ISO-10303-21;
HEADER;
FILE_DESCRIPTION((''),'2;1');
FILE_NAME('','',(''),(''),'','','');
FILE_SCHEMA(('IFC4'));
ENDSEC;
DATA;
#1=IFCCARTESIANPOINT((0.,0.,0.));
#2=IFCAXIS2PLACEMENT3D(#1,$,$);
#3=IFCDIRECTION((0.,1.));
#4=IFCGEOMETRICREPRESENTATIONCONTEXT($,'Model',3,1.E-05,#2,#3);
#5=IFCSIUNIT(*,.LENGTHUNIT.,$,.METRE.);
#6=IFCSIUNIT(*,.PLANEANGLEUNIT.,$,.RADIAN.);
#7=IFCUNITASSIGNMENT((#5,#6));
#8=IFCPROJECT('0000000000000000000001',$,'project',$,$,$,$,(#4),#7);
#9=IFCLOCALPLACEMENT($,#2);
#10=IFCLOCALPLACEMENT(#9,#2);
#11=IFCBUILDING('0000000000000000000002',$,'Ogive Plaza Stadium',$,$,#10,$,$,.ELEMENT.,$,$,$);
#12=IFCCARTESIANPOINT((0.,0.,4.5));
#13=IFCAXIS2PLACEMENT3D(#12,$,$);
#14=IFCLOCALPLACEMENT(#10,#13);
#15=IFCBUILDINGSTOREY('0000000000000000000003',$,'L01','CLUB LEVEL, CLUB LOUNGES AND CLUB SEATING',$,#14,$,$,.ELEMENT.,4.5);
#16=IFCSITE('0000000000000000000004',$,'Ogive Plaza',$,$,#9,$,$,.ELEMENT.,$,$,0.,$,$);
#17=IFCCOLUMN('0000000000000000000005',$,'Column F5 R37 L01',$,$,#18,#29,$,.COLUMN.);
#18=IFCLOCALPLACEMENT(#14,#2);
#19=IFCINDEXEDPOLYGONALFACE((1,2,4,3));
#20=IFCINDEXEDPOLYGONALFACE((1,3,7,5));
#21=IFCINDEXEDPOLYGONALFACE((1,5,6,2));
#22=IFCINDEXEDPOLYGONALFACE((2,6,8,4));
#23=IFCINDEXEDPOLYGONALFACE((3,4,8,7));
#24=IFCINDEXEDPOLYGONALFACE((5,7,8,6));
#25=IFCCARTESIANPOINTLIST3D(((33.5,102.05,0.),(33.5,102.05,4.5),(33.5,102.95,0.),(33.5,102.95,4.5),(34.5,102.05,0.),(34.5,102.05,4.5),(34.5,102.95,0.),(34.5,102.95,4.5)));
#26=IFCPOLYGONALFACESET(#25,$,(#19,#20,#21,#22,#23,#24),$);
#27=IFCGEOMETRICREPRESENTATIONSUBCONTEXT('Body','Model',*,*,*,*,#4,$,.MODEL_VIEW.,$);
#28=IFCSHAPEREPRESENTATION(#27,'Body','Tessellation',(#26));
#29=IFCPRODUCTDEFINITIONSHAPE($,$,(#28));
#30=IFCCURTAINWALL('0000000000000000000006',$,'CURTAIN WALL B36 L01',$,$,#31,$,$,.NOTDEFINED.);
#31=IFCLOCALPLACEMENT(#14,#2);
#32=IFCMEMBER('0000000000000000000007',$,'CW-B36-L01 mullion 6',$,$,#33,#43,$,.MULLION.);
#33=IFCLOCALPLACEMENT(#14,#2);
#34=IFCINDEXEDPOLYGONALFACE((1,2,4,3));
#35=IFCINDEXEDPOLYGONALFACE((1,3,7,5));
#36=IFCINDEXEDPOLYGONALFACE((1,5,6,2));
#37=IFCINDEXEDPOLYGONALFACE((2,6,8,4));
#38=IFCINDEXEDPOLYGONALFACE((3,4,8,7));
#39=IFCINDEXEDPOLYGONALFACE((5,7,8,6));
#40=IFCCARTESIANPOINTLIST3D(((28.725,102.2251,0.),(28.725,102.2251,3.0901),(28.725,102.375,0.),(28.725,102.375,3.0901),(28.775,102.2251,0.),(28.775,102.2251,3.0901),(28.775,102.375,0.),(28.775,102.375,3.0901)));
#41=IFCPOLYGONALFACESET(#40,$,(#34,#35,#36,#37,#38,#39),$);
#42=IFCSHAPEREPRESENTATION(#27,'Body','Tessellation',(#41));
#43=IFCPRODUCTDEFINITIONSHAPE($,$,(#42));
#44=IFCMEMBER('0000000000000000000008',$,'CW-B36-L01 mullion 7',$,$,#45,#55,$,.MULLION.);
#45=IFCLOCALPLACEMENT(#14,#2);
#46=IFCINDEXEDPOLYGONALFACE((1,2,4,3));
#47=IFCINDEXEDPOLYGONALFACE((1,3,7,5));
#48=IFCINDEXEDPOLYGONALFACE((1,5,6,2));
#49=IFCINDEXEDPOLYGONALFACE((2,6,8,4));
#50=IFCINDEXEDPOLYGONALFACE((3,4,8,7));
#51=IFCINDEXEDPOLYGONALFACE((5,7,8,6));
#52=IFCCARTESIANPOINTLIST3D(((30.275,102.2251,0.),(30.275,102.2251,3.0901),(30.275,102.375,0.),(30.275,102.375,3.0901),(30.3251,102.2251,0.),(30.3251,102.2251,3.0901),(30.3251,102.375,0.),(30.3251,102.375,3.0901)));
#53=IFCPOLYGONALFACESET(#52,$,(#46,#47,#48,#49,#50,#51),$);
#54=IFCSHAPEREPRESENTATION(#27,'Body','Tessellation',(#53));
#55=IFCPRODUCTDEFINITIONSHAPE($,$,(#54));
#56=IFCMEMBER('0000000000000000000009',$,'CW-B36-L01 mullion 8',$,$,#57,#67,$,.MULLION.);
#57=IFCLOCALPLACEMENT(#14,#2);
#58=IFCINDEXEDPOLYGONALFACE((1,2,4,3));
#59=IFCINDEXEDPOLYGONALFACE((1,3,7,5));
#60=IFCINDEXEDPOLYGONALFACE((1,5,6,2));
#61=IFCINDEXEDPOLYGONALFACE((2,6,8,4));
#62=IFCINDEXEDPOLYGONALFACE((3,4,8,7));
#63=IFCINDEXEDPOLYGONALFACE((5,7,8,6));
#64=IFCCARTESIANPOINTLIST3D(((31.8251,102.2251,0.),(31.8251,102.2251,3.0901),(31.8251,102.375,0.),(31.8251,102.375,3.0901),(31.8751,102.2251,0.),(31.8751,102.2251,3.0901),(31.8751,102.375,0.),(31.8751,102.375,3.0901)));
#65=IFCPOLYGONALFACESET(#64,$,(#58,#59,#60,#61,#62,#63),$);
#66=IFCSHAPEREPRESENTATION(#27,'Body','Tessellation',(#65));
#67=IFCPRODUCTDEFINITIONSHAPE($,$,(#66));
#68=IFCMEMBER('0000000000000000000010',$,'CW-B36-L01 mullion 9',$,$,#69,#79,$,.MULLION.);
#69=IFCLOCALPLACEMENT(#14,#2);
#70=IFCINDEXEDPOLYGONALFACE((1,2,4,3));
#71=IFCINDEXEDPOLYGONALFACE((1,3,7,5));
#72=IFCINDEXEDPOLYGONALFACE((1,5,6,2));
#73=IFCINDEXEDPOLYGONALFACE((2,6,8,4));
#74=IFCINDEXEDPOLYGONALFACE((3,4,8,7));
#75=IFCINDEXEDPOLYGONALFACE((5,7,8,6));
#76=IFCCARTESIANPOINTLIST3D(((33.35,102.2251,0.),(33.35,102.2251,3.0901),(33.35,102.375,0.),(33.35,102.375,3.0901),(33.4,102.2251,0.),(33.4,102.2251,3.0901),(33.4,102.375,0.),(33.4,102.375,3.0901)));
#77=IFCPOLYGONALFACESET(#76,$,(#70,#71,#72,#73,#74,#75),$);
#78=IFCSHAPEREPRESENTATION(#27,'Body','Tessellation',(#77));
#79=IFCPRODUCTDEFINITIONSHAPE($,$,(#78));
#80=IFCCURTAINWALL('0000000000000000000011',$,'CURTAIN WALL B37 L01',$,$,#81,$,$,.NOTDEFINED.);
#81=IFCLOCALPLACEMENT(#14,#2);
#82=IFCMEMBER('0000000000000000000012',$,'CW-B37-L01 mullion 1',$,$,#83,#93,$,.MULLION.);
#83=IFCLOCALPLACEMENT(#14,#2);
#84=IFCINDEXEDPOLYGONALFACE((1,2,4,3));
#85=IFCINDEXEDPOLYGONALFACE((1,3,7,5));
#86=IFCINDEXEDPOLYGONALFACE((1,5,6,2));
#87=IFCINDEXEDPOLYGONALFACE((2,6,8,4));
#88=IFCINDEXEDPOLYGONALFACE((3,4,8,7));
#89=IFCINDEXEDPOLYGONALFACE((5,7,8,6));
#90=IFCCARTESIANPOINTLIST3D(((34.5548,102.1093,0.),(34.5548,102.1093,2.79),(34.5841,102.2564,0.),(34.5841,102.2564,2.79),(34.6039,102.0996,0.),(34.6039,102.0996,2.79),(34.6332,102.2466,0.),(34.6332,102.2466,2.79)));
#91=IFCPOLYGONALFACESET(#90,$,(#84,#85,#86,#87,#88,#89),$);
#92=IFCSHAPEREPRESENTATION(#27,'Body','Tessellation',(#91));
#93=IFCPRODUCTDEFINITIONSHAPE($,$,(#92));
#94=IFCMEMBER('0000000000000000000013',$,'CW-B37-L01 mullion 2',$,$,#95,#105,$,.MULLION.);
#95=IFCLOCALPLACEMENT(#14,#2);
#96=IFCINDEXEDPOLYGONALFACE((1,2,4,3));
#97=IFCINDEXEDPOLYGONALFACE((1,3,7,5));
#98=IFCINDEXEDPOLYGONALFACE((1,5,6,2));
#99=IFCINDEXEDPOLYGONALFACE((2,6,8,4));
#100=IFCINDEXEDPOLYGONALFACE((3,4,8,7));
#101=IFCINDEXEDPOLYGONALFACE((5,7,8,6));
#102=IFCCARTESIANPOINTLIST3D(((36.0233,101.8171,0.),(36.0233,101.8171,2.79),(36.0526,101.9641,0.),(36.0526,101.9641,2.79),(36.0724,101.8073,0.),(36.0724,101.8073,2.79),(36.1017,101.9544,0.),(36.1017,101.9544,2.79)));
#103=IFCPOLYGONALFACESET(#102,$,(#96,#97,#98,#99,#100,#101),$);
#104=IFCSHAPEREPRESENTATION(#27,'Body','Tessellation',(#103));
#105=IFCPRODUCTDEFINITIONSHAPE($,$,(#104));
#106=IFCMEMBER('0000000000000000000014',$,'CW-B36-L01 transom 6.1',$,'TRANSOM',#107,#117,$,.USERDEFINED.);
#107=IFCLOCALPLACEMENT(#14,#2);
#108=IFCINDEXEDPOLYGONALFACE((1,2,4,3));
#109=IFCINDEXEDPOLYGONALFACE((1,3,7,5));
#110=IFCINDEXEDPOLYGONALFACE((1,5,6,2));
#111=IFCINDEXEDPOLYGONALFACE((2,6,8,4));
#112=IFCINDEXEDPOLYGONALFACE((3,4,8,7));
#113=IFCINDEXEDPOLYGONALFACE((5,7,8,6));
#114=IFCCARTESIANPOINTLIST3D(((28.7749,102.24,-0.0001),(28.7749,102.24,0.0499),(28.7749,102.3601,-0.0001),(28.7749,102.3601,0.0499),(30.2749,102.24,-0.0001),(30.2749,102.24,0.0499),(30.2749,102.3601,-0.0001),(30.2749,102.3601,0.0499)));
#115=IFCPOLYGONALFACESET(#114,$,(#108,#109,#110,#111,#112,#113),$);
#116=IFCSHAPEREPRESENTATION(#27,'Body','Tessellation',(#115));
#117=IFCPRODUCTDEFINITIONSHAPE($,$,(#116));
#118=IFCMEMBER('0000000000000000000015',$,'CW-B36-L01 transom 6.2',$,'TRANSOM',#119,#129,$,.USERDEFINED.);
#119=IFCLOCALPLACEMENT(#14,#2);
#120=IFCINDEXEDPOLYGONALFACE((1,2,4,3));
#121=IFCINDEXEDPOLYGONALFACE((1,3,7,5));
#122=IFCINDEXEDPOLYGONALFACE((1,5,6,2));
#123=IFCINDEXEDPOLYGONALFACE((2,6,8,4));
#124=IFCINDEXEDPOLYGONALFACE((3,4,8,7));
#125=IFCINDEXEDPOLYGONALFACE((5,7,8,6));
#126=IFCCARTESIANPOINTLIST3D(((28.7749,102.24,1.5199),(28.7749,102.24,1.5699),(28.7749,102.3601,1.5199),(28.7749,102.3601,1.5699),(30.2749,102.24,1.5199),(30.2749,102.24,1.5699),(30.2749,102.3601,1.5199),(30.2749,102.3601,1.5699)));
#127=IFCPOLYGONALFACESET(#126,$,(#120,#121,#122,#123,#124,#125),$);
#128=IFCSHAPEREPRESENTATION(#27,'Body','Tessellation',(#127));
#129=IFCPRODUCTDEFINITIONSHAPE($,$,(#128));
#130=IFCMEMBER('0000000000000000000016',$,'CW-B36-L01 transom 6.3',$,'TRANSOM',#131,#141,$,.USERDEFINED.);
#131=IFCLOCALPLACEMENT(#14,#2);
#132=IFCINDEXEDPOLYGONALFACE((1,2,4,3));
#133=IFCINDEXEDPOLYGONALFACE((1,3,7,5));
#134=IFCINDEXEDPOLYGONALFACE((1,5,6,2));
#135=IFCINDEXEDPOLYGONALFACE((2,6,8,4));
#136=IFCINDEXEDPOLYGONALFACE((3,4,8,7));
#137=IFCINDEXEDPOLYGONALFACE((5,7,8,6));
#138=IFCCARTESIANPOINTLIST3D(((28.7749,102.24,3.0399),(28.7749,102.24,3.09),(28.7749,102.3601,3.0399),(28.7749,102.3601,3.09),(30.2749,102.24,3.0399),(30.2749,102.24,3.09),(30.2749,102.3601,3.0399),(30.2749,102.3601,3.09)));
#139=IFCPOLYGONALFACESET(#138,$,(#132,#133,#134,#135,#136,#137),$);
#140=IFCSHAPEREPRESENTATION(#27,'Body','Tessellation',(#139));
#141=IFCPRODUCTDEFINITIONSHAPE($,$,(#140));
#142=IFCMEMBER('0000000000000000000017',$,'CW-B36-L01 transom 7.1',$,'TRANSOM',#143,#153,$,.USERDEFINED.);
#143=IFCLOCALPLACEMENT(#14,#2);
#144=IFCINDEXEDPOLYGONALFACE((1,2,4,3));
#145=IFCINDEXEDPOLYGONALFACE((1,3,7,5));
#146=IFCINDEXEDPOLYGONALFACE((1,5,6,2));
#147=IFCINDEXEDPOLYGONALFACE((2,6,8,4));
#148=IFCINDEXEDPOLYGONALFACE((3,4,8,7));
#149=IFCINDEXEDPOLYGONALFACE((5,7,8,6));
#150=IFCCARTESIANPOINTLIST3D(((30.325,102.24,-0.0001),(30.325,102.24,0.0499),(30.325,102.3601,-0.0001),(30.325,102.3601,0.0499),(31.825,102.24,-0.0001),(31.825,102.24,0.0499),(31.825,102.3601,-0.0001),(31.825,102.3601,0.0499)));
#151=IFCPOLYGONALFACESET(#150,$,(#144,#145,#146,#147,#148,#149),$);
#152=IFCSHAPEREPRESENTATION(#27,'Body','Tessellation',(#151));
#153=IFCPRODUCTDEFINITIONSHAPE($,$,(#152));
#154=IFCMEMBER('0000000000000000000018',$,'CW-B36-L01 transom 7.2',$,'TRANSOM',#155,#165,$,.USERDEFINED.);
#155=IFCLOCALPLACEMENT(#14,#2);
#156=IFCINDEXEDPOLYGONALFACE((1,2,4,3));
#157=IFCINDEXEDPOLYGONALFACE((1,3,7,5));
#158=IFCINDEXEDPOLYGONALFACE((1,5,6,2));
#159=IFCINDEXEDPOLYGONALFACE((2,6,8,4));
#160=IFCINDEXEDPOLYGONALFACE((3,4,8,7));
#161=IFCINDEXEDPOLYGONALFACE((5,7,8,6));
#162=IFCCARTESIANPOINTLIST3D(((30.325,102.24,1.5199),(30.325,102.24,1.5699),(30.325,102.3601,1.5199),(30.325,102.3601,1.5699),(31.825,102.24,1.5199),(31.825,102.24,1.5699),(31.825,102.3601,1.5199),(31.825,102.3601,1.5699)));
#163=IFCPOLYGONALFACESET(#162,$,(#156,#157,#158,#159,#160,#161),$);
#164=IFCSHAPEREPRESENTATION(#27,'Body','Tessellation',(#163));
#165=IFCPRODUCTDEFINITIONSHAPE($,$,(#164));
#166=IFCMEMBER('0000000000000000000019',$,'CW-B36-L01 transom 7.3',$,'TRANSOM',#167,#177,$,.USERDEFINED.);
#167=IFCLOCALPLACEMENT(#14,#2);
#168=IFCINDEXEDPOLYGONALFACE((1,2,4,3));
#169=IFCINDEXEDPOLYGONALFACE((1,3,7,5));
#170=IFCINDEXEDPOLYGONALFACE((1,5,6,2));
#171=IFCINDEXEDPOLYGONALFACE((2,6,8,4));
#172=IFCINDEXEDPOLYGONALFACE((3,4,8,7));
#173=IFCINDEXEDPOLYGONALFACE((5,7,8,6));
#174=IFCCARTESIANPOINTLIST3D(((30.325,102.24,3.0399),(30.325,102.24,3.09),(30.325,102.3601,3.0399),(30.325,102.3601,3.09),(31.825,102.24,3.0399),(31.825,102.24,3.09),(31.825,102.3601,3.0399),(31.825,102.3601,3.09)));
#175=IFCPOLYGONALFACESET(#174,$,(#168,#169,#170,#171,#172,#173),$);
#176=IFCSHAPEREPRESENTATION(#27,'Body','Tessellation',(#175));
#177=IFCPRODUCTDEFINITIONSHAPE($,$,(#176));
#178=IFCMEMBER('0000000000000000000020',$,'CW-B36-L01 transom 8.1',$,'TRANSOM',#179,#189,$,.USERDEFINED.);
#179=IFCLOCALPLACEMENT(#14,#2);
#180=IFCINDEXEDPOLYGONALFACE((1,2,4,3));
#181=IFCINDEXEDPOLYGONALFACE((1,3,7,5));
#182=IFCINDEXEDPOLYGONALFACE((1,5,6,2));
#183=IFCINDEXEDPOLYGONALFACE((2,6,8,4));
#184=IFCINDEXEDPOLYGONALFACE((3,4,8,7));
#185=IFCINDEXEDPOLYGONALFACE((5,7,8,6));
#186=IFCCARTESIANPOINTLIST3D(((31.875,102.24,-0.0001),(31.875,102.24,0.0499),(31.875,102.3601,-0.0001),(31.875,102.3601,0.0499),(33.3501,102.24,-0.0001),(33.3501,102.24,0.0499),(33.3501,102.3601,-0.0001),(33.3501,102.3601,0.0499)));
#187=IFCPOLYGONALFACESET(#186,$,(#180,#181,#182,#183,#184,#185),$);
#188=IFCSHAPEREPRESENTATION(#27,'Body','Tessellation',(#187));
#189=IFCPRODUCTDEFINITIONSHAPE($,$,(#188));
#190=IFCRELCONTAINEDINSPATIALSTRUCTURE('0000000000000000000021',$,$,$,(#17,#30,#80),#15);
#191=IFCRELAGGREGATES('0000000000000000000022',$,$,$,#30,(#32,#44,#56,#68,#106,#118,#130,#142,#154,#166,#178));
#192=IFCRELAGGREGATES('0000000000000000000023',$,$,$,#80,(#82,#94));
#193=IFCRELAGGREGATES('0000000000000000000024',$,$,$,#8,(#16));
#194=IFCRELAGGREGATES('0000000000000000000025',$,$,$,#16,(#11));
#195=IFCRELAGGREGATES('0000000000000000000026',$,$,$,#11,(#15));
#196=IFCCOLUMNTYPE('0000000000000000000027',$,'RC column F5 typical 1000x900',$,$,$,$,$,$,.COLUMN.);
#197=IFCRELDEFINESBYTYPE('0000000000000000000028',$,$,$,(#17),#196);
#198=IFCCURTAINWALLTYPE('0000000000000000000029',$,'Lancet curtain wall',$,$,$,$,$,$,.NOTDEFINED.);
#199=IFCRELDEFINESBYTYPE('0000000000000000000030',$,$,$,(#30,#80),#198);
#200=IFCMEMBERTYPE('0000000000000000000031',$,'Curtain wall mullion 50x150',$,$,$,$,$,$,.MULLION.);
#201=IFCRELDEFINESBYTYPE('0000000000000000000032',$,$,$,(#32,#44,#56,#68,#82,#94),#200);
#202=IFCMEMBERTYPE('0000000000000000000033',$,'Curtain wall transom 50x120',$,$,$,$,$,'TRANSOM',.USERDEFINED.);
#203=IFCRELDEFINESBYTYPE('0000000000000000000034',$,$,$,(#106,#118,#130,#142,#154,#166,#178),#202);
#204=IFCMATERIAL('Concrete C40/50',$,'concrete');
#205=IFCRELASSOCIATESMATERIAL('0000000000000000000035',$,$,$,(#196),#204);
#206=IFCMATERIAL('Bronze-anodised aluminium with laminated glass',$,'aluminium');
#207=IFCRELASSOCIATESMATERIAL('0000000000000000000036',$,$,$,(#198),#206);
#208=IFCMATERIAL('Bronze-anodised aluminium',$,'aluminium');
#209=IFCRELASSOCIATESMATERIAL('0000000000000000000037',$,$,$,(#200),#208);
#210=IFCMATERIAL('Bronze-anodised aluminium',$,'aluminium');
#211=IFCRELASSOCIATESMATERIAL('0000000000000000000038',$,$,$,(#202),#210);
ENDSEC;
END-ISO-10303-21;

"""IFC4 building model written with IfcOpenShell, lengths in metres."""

from ifc_helpers import new_model, si_unit, direction, frame, origin, origin_2d, place, context, subcontext, project, spatial, rectangle, extrude, material, material_profile, profile_set, type_object, element, aggregate, save


model = new_model("IFC4")

# Units and contexts
model_context = context("Model", 3, precision=1e-05, world=origin(), true_north=direction((0.0, 1.0)))
body_context = subcontext(model_context, "Body", "Model", "MODEL_VIEW")
ifc_project = project(units=[si_unit("LENGTHUNIT", "METRE"), si_unit("PLANEANGLEUNIT", "RADIAN")], contexts=[model_context])

# Site, building, storey
site_placement = place(None, origin())
site = spatial("IfcSite", under=ifc_project, at=site_placement, Name="Ogive Plaza", CompositionType="ELEMENT", RefElevation=0.0)
building_placement = place(site_placement, origin())
building = spatial("IfcBuilding", under=site, at=building_placement, Name="Ogive Plaza Stadium", CompositionType="ELEMENT")
storey_placement = place(building_placement, frame((0.0, 0.0, 4.5)))
storey = spatial("IfcBuildingStorey", under=building, at=storey_placement, Name="L01", Description="CLUB LEVEL, CLUB LOUNGES AND CLUB SEATING", CompositionType="ELEMENT", Elevation=4.5)

# Column
ifc_material_1 = material(Name="Concrete C40/50", Category="concrete")
ifc_material_profile_1 = material_profile(ifc_material_1, rectangle(XDim=1.0, YDim=0.8999, at=origin_2d()), Name="RC 1000x900")
ifc_profile_set_1 = profile_set([ifc_material_profile_1], Name="Concrete C40/50")
column_type = type_object("IfcColumnType", Name="RC column F5 typical 1000x900", PredefinedType="COLUMN", material=ifc_profile_set_1)
column_placement = place(storey_placement, frame((34.0, 102.5, 0.0), z_axis=(0.0, 0.0, 1.0), x_axis=(-1.0, 0.0, 0.0)))
element("IfcColumn", 1, at=column_placement, inside=storey, type_object=column_type, Name="Column F5 R37 L01", PredefinedType="COLUMN", context=body_context, shape_type="SweptSolid", body=[
    extrude(rectangle(XDim=1.0, YDim=0.8999, at=origin_2d()), origin(), (0.0, 0.0, 1.0), 4.5),
])

# Curtain walls, members
ifc_material_2 = material(Name="Bronze-anodised aluminium with laminated glass", Category="aluminium")
curtain_wall_type = type_object("IfcCurtainWallType", Name="Lancet curtain wall", PredefinedType="NOTDEFINED", material=ifc_material_2)
curtain_wall_1_placement = place(storey_placement, origin())
curtain_wall_1 = element("IfcCurtainWall", 2, at=curtain_wall_1_placement, inside=storey, type_object=curtain_wall_type, Name="CURTAIN WALL B36 L01", PredefinedType="NOTDEFINED")
ifc_material_3 = material(Name="Bronze-anodised aluminium", Category="aluminium")
ifc_material_profile_2 = material_profile(ifc_material_3, rectangle(XDim=0.1499, YDim=0.05, at=origin_2d()), Name="AL 150x50")
ifc_profile_set_2 = profile_set([ifc_material_profile_2], Name="Bronze-anodised aluminium")
member_type_1 = type_object("IfcMemberType", Name="Curtain wall mullion 50x150", PredefinedType="MULLION", material=ifc_profile_set_2)
member_1_placement = place(storey_placement, frame((28.75, 102.3, 0.0), z_axis=(0.0, 0.0, 1.0), x_axis=(0.0, 1.0, 0.0)))
member_1 = element("IfcMember", 3, at=member_1_placement, type_object=member_type_1, Name="CW-B36-L01 mullion 6", PredefinedType="MULLION", context=body_context, shape_type="SweptSolid", body=[
    extrude(rectangle(XDim=0.1499, YDim=0.05, at=origin_2d()), origin(), (0.0, 0.0, 1.0), 3.0901),
])
member_2_placement = place(storey_placement, frame((30.3, 102.3, 0.0), z_axis=(0.0, 0.0, 1.0), x_axis=(0.0, 1.0, 0.0)))
member_2 = element("IfcMember", 4, at=member_2_placement, type_object=member_type_1, Name="CW-B36-L01 mullion 7", PredefinedType="MULLION", context=body_context, shape_type="SweptSolid", body=[
    extrude(rectangle(XDim=0.1499, YDim=0.05, at=origin_2d()), origin(), (0.0, 0.0, 1.0), 3.0901),
])
member_3_placement = place(storey_placement, frame((31.8501, 102.3, 0.0), z_axis=(0.0, 0.0, 1.0), x_axis=(0.0, 1.0, 0.0)))
member_3 = element("IfcMember", 5, at=member_3_placement, type_object=member_type_1, Name="CW-B36-L01 mullion 8", PredefinedType="MULLION", context=body_context, shape_type="SweptSolid", body=[
    extrude(rectangle(XDim=0.1499, YDim=0.05, at=origin_2d()), origin(), (0.0, 0.0, 1.0), 3.0901),
])
member_4_placement = place(storey_placement, frame((33.375, 102.3, 0.0), z_axis=(0.0, 0.0, 1.0), x_axis=(0.0, 1.0, 0.0)))
member_4 = element("IfcMember", 6, at=member_4_placement, type_object=member_type_1, Name="CW-B36-L01 mullion 9", PredefinedType="MULLION", context=body_context, shape_type="SweptSolid", body=[
    extrude(rectangle(XDim=0.1499, YDim=0.05, at=origin_2d()), origin(), (0.0, 0.0, 1.0), 3.0901),
])
curtain_wall_2_placement = place(storey_placement, origin())
curtain_wall_2 = element("IfcCurtainWall", 7, at=curtain_wall_2_placement, inside=storey, type_object=curtain_wall_type, Name="CURTAIN WALL B37 L01", PredefinedType="NOTDEFINED")
member_5_placement = place(storey_placement, frame((34.594, 102.178, 0.0), z_axis=(0.0, 0.0, 1.0), x_axis=(0.19509, 0.980785, 0.0)))
member_5 = element("IfcMember", 8, at=member_5_placement, type_object=member_type_1, Name="CW-B37-L01 mullion 1", PredefinedType="MULLION", context=body_context, shape_type="SweptSolid", body=[
    extrude(rectangle(XDim=0.1499, YDim=0.05, at=origin_2d()), origin(), (0.0, 0.0, 1.0), 2.79),
])
member_6_placement = place(storey_placement, frame((36.0625, 101.8857, 0.0), z_axis=(0.0, 0.0, 1.0), x_axis=(0.19509, 0.980785, 0.0)))
member_6 = element("IfcMember", 9, at=member_6_placement, type_object=member_type_1, Name="CW-B37-L01 mullion 2", PredefinedType="MULLION", context=body_context, shape_type="SweptSolid", body=[
    extrude(rectangle(XDim=0.1499, YDim=0.05, at=origin_2d()), origin(), (0.0, 0.0, 1.0), 2.79),
])

# Members
ifc_material_4 = material(Name="Bronze-anodised aluminium", Category="aluminium")
ifc_material_profile_3 = material_profile(ifc_material_4, rectangle(XDim=0.1201, YDim=0.05, at=origin_2d()), Name="AL 120x50")
ifc_profile_set_3 = profile_set([ifc_material_profile_3], Name="Bronze-anodised aluminium")
member_type_2 = type_object("IfcMemberType", Name="Curtain wall transom 50x120", ElementType="TRANSOM", PredefinedType="USERDEFINED", material=ifc_profile_set_3)
member_7_placement = place(storey_placement, frame((28.7749, 102.3, 0.0249), z_axis=(1.0, 0.0, 0.0), x_axis=(0.0, 1.0, 0.0)))
member_7 = element("IfcMember", 10, at=member_7_placement, type_object=member_type_2, Name="CW-B36-L01 transom 6.1", ObjectType="TRANSOM", PredefinedType="USERDEFINED", context=body_context, shape_type="SweptSolid", body=[
    extrude(rectangle(XDim=0.1201, YDim=0.05, at=origin_2d()), origin(), (0.0, 0.0, 1.0), 1.5),
])
member_8_placement = place(storey_placement, frame((28.7749, 102.3, 1.5449), z_axis=(1.0, 0.0, 0.0), x_axis=(0.0, 1.0, 0.0)))
member_8 = element("IfcMember", 11, at=member_8_placement, type_object=member_type_2, Name="CW-B36-L01 transom 6.2", ObjectType="TRANSOM", PredefinedType="USERDEFINED", context=body_context, shape_type="SweptSolid", body=[
    extrude(rectangle(XDim=0.1201, YDim=0.05, at=origin_2d()), origin(), (0.0, 0.0, 1.0), 1.5),
])
member_9_placement = place(storey_placement, frame((28.7749, 102.3, 3.0649), z_axis=(1.0, 0.0, 0.0), x_axis=(0.0, 1.0, 0.0)))
member_9 = element("IfcMember", 12, at=member_9_placement, type_object=member_type_2, Name="CW-B36-L01 transom 6.3", ObjectType="TRANSOM", PredefinedType="USERDEFINED", context=body_context, shape_type="SweptSolid", body=[
    extrude(rectangle(XDim=0.1201, YDim=0.05, at=origin_2d()), origin(), (0.0, 0.0, 1.0), 1.5),
])
member_10_placement = place(storey_placement, frame((30.325, 102.3, 0.0249), z_axis=(1.0, 0.0, 0.0), x_axis=(0.0, 1.0, 0.0)))
member_10 = element("IfcMember", 13, at=member_10_placement, type_object=member_type_2, Name="CW-B36-L01 transom 7.1", ObjectType="TRANSOM", PredefinedType="USERDEFINED", context=body_context, shape_type="SweptSolid", body=[
    extrude(rectangle(XDim=0.1201, YDim=0.05, at=origin_2d()), origin(), (0.0, 0.0, 1.0), 1.5),
])
member_11_placement = place(storey_placement, frame((30.325, 102.3, 1.5449), z_axis=(1.0, 0.0, 0.0), x_axis=(0.0, 1.0, 0.0)))
member_11 = element("IfcMember", 14, at=member_11_placement, type_object=member_type_2, Name="CW-B36-L01 transom 7.2", ObjectType="TRANSOM", PredefinedType="USERDEFINED", context=body_context, shape_type="SweptSolid", body=[
    extrude(rectangle(XDim=0.1201, YDim=0.05, at=origin_2d()), origin(), (0.0, 0.0, 1.0), 1.5),
])
member_12_placement = place(storey_placement, frame((30.325, 102.3, 3.0649), z_axis=(1.0, 0.0, 0.0), x_axis=(0.0, 1.0, 0.0)))
member_12 = element("IfcMember", 15, at=member_12_placement, type_object=member_type_2, Name="CW-B36-L01 transom 7.3", ObjectType="TRANSOM", PredefinedType="USERDEFINED", context=body_context, shape_type="SweptSolid", body=[
    extrude(rectangle(XDim=0.1201, YDim=0.05, at=origin_2d()), origin(), (0.0, 0.0, 1.0), 1.5),
])
member_13_placement = place(storey_placement, frame((31.875, 102.3, 0.0249), z_axis=(1.0, 0.0, 0.0), x_axis=(0.0, 1.0, 0.0)))
member_13 = element("IfcMember", 16, at=member_13_placement, type_object=member_type_2, Name="CW-B36-L01 transom 8.1", ObjectType="TRANSOM", PredefinedType="USERDEFINED", context=body_context, shape_type="SweptSolid", body=[
    extrude(rectangle(XDim=0.1201, YDim=0.05, at=origin_2d()), origin(), (0.0, 0.0, 1.0), 1.4751),
])

aggregate(curtain_wall_1, [member_1, member_2, member_3, member_4, member_7, member_8, member_9, member_10, member_11, member_12, member_13])
aggregate(curtain_wall_2, [member_5, member_6])

save(model, "model.ifc")
